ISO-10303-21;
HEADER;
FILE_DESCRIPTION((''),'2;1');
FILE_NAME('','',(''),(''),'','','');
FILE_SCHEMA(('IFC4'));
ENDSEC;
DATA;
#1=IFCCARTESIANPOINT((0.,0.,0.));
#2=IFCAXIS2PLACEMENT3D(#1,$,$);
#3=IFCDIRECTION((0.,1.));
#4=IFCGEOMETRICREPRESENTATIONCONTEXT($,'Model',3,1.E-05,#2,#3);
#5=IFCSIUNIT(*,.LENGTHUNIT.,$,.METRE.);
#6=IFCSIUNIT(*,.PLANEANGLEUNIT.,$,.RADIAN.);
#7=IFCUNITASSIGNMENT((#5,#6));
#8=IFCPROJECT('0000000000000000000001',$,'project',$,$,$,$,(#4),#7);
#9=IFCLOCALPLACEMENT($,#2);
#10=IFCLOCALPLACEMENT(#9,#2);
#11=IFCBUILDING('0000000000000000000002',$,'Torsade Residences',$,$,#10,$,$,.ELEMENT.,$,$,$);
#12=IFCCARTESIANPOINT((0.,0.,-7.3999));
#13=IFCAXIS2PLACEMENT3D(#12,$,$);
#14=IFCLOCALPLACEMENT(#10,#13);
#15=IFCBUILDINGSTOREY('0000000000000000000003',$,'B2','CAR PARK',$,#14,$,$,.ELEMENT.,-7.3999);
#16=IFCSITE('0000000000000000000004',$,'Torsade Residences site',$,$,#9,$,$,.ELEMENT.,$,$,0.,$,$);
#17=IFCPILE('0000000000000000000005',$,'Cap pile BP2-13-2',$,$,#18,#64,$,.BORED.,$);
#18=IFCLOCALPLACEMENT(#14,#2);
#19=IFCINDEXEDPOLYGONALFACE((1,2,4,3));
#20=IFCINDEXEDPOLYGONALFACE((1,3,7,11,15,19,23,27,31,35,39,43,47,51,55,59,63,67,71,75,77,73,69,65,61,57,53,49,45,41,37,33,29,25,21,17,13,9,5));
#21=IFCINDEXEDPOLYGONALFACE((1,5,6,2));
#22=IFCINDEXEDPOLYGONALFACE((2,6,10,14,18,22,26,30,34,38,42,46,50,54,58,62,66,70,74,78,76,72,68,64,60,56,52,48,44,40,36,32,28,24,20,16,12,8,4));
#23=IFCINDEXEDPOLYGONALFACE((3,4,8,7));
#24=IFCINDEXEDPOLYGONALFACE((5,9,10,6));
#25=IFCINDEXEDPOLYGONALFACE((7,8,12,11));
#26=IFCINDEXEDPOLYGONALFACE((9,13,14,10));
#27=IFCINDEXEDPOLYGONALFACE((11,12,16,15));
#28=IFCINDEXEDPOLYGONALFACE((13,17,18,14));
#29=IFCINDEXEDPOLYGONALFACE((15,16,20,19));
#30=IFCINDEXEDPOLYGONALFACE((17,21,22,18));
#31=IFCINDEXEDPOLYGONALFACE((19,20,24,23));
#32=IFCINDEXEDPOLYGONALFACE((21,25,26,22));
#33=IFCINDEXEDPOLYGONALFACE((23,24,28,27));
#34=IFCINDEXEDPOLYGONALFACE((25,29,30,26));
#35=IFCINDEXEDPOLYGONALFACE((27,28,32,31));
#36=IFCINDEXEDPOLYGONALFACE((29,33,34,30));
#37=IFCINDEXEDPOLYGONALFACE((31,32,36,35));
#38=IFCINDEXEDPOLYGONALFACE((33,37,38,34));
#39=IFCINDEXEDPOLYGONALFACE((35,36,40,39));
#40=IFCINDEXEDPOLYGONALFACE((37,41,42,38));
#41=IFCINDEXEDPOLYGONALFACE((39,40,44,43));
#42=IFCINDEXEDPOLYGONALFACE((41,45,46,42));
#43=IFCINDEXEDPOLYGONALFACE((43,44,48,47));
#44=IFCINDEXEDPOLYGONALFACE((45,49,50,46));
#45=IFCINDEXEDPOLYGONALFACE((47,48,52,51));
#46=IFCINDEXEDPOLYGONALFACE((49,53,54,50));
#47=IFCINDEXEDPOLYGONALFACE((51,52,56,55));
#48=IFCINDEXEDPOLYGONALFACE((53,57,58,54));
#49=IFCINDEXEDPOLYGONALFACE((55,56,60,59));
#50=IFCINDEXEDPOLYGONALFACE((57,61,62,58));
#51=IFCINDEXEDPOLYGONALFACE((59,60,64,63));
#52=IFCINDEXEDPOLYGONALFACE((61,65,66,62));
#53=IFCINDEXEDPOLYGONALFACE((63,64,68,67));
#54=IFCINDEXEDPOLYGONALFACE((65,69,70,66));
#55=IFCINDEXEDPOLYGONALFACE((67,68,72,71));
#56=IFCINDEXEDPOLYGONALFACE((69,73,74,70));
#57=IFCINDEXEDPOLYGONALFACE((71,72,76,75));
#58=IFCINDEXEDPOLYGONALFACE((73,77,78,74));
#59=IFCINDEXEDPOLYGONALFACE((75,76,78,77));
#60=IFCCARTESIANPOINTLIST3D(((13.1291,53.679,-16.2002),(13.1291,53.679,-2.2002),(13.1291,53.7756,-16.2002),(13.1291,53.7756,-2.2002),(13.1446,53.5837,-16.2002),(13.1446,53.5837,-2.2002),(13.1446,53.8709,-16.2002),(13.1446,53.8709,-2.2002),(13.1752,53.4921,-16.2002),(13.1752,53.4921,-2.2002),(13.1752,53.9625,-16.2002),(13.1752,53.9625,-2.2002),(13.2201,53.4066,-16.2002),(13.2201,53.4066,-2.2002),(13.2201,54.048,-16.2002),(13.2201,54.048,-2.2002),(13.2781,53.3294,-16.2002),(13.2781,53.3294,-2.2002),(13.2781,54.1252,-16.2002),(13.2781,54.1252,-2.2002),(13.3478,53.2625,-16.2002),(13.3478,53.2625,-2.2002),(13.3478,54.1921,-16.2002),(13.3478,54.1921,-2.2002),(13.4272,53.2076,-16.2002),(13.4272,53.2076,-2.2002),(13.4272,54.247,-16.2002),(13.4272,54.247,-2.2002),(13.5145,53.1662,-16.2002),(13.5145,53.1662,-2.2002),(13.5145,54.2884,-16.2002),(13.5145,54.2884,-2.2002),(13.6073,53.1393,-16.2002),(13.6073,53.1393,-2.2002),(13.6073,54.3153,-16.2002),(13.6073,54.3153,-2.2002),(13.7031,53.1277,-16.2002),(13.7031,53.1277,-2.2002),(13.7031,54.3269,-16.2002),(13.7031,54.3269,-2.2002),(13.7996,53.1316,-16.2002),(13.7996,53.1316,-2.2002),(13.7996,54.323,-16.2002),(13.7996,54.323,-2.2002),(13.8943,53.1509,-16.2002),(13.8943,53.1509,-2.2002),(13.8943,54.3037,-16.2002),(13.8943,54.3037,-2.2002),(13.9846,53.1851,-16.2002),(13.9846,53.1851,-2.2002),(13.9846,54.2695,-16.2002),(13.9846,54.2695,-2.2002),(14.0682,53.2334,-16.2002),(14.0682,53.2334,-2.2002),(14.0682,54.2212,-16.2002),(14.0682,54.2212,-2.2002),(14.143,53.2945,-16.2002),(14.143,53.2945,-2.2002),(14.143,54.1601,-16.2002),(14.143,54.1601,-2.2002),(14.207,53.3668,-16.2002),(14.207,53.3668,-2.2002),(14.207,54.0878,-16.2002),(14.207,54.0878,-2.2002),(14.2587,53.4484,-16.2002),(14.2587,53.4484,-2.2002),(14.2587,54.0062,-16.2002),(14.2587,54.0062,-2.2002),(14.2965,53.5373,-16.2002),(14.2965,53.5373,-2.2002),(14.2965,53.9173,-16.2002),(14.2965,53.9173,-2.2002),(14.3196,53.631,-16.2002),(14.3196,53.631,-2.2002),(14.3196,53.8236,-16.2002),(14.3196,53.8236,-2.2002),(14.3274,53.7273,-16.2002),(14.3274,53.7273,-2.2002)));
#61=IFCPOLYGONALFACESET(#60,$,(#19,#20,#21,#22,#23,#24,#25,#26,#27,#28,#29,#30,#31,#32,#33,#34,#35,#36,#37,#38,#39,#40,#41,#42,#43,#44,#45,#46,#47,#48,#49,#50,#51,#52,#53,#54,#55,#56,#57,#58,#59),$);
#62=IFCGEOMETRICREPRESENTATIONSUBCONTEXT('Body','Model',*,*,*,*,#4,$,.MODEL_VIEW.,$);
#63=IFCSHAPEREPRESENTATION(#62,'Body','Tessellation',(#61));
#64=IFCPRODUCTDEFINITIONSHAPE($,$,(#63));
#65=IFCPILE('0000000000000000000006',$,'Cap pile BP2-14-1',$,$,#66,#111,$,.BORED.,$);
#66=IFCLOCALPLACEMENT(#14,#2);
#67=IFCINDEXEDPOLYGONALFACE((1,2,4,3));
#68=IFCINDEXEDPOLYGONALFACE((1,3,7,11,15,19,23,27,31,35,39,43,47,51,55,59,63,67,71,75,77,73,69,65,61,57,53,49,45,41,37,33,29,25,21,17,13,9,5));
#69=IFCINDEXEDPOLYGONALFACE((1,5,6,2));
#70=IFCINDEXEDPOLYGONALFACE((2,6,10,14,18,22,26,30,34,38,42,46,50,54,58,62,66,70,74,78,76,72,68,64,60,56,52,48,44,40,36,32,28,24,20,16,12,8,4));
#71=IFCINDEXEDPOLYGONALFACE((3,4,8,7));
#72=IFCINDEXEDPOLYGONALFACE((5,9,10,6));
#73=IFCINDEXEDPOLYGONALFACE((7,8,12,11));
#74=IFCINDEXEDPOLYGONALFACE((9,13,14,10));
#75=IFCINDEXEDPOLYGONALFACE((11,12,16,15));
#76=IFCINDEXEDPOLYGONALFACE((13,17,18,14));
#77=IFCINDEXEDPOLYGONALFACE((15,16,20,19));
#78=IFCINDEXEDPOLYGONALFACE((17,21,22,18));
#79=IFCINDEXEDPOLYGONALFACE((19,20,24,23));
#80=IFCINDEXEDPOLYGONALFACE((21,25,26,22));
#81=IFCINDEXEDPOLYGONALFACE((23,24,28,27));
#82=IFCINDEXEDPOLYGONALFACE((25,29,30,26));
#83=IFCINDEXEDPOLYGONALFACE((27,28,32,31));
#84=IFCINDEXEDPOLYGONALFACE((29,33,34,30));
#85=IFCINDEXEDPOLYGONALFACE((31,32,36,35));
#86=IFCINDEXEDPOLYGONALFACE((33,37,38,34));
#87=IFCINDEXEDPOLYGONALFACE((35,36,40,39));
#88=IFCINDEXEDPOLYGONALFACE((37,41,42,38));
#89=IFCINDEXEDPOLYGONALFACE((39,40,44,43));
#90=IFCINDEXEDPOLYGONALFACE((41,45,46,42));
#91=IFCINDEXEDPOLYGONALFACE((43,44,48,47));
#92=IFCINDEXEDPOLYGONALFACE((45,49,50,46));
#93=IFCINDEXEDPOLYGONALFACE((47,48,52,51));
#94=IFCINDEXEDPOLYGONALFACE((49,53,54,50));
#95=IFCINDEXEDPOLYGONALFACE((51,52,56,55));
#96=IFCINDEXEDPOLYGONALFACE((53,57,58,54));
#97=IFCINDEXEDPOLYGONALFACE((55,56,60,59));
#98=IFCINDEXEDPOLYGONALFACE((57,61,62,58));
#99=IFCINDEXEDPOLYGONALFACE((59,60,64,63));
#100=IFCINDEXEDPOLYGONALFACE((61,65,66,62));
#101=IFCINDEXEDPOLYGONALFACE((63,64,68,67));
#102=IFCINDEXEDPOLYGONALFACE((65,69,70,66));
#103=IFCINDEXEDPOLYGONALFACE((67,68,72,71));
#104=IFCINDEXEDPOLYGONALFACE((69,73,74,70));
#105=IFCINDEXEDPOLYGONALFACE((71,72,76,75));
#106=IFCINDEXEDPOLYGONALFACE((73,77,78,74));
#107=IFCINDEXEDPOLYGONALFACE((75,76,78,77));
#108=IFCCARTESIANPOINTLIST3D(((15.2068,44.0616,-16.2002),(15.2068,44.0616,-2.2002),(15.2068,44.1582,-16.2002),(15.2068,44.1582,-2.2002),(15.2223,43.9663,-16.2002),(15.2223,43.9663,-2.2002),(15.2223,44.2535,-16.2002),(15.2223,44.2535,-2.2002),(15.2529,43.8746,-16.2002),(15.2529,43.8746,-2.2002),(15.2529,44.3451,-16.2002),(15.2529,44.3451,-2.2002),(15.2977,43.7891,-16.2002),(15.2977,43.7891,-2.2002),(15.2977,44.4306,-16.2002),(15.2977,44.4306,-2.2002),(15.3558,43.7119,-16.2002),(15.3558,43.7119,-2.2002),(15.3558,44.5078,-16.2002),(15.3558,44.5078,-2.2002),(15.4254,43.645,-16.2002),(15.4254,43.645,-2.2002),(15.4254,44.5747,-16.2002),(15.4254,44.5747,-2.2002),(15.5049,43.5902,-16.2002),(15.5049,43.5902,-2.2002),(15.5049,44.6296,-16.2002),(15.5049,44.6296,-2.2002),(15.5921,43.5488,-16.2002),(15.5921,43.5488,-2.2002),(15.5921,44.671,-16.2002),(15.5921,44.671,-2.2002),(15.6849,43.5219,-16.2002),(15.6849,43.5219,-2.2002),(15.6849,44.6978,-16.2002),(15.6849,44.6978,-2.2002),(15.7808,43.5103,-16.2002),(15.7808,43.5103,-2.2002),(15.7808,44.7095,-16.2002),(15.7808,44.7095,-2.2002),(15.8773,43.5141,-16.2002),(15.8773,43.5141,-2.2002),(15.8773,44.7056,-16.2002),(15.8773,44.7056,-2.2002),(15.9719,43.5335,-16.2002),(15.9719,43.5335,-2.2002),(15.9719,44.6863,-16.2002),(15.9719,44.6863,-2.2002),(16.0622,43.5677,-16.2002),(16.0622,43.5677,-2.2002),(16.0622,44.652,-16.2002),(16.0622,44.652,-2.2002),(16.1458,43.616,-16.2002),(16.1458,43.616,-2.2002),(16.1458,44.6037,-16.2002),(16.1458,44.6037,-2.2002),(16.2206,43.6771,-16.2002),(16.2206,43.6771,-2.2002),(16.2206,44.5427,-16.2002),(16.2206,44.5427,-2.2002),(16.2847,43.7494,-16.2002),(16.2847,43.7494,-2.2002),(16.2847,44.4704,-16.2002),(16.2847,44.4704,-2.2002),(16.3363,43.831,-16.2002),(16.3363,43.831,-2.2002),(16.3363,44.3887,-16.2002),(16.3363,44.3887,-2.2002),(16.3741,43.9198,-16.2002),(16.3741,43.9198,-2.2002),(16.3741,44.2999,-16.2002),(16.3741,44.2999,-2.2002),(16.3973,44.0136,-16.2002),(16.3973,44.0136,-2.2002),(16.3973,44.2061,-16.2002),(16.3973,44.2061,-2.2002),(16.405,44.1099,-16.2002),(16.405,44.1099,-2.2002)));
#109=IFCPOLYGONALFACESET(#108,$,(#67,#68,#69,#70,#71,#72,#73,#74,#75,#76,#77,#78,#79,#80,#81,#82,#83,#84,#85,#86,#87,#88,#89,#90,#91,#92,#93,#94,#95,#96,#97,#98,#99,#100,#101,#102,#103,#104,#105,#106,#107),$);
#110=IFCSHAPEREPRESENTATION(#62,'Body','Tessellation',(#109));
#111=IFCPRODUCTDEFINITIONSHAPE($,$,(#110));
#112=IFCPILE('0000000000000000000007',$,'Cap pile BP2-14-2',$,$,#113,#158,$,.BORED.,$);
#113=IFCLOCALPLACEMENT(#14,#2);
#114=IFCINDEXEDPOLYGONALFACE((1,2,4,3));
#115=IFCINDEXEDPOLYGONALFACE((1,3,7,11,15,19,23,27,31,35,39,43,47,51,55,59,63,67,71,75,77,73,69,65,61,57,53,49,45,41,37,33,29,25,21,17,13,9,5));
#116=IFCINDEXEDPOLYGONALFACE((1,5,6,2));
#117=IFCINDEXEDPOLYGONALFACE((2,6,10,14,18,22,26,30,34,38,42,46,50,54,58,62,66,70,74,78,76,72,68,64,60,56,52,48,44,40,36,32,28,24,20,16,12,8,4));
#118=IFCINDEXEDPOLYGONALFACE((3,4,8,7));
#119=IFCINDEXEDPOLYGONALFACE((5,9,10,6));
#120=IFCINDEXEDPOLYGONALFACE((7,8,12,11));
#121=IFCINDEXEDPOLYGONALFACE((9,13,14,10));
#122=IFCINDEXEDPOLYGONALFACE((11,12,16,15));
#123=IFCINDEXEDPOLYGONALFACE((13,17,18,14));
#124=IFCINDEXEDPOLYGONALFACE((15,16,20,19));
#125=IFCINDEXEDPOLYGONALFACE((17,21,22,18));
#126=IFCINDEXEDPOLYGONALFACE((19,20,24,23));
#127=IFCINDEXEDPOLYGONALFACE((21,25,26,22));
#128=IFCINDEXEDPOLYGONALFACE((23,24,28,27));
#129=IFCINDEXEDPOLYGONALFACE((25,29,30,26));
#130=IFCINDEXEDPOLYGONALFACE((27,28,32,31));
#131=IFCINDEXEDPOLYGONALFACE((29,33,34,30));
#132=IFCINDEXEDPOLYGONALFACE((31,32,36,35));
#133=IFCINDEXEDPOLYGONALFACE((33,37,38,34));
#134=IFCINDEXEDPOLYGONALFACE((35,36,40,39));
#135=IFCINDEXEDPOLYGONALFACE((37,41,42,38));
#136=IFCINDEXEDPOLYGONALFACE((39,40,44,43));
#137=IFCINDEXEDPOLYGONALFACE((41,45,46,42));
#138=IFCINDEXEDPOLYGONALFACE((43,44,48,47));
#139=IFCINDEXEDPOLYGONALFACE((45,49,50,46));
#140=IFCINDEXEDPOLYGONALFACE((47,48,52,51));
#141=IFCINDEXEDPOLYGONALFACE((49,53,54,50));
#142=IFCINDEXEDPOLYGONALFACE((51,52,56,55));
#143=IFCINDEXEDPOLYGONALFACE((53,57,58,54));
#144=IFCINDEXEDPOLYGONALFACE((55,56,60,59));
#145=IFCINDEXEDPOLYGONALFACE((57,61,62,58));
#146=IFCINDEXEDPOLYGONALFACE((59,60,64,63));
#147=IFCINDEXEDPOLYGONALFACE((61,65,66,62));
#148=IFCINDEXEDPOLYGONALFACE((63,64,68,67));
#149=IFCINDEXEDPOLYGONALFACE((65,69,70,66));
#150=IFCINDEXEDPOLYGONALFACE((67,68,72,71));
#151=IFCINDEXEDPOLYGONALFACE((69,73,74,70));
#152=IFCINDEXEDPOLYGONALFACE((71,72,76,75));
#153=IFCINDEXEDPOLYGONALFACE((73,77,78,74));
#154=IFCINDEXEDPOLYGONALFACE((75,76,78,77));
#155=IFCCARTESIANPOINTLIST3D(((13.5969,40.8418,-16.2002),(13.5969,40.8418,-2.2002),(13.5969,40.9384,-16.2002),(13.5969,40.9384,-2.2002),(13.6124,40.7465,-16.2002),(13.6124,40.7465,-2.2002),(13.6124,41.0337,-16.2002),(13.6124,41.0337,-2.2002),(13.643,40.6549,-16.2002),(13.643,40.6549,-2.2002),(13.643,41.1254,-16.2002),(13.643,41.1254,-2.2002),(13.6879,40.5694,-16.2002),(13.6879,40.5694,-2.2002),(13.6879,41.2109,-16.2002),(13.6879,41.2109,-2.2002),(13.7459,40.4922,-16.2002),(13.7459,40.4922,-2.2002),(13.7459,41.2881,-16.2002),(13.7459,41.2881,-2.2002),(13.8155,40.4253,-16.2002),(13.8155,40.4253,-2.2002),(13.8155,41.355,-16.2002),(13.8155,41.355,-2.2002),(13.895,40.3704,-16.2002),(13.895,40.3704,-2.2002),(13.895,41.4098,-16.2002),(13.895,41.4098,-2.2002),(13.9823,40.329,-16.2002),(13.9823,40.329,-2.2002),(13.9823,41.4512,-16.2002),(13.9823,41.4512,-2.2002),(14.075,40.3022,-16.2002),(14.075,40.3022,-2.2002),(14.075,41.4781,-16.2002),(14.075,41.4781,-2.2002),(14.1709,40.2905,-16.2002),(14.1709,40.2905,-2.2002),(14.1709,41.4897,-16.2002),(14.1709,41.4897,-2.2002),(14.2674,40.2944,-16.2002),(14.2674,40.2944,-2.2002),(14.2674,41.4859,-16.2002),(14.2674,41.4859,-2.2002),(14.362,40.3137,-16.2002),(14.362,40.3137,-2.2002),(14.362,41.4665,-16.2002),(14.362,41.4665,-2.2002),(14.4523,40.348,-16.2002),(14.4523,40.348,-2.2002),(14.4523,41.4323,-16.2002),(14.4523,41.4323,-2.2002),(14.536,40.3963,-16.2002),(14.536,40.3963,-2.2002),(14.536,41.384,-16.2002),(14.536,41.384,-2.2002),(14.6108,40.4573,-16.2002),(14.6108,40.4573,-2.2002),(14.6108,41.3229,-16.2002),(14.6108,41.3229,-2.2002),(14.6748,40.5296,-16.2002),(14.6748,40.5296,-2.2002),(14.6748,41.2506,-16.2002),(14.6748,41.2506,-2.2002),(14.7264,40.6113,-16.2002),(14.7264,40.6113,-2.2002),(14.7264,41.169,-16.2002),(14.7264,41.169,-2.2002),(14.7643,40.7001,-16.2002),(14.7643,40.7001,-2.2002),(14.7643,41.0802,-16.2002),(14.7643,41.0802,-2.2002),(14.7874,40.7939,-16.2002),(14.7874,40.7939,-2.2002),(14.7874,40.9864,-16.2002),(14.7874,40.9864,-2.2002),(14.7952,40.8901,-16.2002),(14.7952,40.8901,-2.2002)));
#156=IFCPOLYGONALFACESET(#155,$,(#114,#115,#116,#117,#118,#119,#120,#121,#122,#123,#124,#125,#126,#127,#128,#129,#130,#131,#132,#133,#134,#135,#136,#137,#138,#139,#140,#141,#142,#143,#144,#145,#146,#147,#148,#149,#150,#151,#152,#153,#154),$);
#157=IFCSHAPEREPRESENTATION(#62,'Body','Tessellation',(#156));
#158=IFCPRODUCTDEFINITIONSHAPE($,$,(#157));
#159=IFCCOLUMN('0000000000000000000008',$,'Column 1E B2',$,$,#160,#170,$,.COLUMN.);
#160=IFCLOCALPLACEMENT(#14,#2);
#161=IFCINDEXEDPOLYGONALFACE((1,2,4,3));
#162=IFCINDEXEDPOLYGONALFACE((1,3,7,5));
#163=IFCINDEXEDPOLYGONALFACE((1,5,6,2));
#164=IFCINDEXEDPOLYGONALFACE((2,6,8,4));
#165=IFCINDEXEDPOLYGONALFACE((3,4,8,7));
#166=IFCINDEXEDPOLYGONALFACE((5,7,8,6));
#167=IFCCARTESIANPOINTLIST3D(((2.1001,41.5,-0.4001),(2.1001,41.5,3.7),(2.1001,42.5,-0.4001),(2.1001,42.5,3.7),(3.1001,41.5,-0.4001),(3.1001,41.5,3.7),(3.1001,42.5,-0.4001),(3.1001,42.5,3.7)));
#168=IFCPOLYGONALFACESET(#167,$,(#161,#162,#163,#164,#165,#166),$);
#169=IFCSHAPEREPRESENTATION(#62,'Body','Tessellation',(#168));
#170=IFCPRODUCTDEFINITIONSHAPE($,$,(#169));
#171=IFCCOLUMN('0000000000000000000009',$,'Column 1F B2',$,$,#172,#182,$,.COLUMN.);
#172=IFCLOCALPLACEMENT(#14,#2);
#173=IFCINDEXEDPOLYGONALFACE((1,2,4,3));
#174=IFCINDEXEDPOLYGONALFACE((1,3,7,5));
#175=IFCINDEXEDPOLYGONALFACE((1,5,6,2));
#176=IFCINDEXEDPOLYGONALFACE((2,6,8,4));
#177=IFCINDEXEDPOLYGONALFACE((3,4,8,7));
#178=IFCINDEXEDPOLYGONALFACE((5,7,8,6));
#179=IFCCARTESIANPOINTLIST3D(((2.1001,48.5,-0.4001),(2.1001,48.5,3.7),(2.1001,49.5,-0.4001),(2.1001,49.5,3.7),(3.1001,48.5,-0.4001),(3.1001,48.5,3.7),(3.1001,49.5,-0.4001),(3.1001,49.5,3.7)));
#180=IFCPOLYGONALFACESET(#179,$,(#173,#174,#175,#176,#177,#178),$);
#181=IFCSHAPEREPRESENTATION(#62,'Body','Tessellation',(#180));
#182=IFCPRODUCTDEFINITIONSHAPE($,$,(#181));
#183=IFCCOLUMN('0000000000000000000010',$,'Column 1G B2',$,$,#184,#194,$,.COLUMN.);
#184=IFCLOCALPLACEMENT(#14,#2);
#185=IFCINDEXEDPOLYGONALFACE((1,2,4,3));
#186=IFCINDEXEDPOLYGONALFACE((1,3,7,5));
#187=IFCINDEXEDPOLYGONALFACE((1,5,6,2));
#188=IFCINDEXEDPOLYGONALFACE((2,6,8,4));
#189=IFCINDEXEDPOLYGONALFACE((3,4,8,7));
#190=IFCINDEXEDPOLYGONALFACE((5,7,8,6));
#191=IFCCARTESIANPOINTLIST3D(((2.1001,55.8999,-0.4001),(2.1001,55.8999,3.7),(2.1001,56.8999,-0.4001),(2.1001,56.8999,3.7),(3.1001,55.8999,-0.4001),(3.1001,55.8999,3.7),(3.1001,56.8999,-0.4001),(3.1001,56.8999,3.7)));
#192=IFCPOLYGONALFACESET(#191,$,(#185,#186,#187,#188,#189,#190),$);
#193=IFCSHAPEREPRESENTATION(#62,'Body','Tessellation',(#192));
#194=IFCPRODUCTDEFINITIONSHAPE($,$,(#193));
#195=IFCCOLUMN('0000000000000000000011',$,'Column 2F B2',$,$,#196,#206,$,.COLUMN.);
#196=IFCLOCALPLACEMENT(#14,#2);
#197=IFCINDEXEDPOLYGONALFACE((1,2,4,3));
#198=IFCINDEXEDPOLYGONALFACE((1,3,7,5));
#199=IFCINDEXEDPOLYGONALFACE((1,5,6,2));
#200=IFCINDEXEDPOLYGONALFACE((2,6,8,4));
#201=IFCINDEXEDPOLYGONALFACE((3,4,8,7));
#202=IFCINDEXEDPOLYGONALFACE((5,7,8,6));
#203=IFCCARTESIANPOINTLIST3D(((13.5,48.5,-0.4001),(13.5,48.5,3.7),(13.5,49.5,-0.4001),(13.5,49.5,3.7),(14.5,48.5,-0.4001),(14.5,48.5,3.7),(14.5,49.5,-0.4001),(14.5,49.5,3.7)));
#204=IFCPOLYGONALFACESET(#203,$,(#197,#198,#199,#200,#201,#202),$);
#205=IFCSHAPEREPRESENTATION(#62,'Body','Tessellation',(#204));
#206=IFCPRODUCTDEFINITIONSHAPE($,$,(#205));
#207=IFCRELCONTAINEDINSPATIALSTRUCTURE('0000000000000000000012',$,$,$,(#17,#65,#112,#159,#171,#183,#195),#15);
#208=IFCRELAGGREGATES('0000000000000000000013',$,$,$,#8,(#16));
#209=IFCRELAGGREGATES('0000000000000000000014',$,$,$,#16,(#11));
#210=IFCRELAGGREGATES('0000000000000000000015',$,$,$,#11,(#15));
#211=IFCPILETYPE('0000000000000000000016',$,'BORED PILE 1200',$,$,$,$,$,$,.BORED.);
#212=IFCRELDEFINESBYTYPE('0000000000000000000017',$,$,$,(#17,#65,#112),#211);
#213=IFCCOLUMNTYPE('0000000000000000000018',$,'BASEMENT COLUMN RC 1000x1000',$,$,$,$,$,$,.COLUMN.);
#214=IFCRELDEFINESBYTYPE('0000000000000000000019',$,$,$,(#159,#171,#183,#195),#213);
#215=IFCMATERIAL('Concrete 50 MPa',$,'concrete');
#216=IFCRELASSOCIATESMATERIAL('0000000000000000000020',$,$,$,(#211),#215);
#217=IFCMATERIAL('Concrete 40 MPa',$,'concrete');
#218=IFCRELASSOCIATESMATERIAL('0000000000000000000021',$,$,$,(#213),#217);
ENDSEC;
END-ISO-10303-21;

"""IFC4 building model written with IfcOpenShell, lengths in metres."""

from ifc_helpers import new_model, si_unit, direction, frame, origin, origin_2d, place, context, subcontext, project, spatial, rectangle, circle, extrude, material, material_profile, profile_set, type_object, element, save


model = new_model("IFC4")

# Units and contexts
model_context = context("Model", 3, precision=1e-05, world=origin(), true_north=direction((0.0, 1.0)))
body_context = subcontext(model_context, "Body", "Model", "MODEL_VIEW")
ifc_project = project(units=[si_unit("LENGTHUNIT", "METRE"), si_unit("PLANEANGLEUNIT", "RADIAN")], contexts=[model_context])

# Site, building, storey
site_placement = place(None, origin())
site = spatial("IfcSite", under=ifc_project, at=site_placement, Name="Torsade Residences site", CompositionType="ELEMENT", RefElevation=0.0)
building_placement = place(site_placement, origin())
building = spatial("IfcBuilding", under=site, at=building_placement, Name="Torsade Residences", CompositionType="ELEMENT")
storey_placement = place(building_placement, frame((0.0, 0.0, -7.3999)))
storey = spatial("IfcBuildingStorey", under=building, at=storey_placement, Name="B2", Description="CAR PARK", CompositionType="ELEMENT", Elevation=-7.3999)

# Piles
ifc_material_1 = material(Name="Concrete 50 MPa", Category="concrete")
pile_type = type_object("IfcPileType", Name="BORED PILE 1200", PredefinedType="BORED", material=ifc_material_1)
for number, where, z_axis, x_axis, name in (
    (1, (13.7273, 53.7273, -2.2002), (0.0, 0.0, -1.0), (1.0, 0.0, 0.0), "Cap pile BP2-13-2"),
    (2, (15.8049, 44.1099, -2.2002), (0.0, 0.0, -1.0), (1.0, 0.0, 0.0), "Cap pile BP2-14-1"),
    (3, (14.1951, 40.8901, -2.2002), (0.0, 0.0, -1.0), (1.0, 0.0, 0.0), "Cap pile BP2-14-2"),
):
    element("IfcPile", number, at=place(storey_placement, frame(where, z_axis=z_axis, x_axis=x_axis)), inside=storey, type_object=pile_type, Name=name, PredefinedType="BORED", context=body_context, shape_type="SweptSolid", body=[
        extrude(circle(Radius=0.6001, at=origin_2d()), origin(), (0.0, 0.0, 1.0), 14.0),
    ])

# Columns
ifc_material_2 = material(Name="Concrete 40 MPa", Category="concrete")
ifc_material_profile_1 = material_profile(ifc_material_2, rectangle(XDim=1.0, YDim=1.0, at=origin_2d()), Name="RC 1000x1000")
ifc_profile_set_1 = profile_set([ifc_material_profile_1], Name="Concrete 40 MPa")
column_type_1 = type_object("IfcColumnType", Name="BASEMENT COLUMN RC 1000x1000", PredefinedType="COLUMN", material=ifc_profile_set_1)
for number, where, z_axis, x_axis, name in (
    (4, (2.6001, 42.0, -0.4001), (0.0, 0.0, 1.0), (1.0, 0.0, 0.0), "Column 1E B2"),
    (5, (2.6001, 49.0, -0.4001), (0.0, 0.0, 1.0), (1.0, 0.0, 0.0), "Column 1F B2"),
    (6, (2.6001, 56.3999, -0.4001), (0.0, 0.0, 1.0), (1.0, 0.0, 0.0), "Column 1G B2"),
    (7, (14.0, 49.0, -0.4001), (0.0, 0.0, 1.0), (1.0, 0.0, 0.0), "Column 2F B2"),
):
    element("IfcColumn", number, at=place(storey_placement, frame(where, z_axis=z_axis, x_axis=x_axis)), inside=storey, type_object=column_type_1, Name=name, PredefinedType="COLUMN", context=body_context, shape_type="SweptSolid", body=[
        extrude(rectangle(XDim=1.0, YDim=1.0, at=origin_2d()), origin(), (0.0, 0.0, 1.0), 4.1001),
    ])

save(model, "model.ifc")
